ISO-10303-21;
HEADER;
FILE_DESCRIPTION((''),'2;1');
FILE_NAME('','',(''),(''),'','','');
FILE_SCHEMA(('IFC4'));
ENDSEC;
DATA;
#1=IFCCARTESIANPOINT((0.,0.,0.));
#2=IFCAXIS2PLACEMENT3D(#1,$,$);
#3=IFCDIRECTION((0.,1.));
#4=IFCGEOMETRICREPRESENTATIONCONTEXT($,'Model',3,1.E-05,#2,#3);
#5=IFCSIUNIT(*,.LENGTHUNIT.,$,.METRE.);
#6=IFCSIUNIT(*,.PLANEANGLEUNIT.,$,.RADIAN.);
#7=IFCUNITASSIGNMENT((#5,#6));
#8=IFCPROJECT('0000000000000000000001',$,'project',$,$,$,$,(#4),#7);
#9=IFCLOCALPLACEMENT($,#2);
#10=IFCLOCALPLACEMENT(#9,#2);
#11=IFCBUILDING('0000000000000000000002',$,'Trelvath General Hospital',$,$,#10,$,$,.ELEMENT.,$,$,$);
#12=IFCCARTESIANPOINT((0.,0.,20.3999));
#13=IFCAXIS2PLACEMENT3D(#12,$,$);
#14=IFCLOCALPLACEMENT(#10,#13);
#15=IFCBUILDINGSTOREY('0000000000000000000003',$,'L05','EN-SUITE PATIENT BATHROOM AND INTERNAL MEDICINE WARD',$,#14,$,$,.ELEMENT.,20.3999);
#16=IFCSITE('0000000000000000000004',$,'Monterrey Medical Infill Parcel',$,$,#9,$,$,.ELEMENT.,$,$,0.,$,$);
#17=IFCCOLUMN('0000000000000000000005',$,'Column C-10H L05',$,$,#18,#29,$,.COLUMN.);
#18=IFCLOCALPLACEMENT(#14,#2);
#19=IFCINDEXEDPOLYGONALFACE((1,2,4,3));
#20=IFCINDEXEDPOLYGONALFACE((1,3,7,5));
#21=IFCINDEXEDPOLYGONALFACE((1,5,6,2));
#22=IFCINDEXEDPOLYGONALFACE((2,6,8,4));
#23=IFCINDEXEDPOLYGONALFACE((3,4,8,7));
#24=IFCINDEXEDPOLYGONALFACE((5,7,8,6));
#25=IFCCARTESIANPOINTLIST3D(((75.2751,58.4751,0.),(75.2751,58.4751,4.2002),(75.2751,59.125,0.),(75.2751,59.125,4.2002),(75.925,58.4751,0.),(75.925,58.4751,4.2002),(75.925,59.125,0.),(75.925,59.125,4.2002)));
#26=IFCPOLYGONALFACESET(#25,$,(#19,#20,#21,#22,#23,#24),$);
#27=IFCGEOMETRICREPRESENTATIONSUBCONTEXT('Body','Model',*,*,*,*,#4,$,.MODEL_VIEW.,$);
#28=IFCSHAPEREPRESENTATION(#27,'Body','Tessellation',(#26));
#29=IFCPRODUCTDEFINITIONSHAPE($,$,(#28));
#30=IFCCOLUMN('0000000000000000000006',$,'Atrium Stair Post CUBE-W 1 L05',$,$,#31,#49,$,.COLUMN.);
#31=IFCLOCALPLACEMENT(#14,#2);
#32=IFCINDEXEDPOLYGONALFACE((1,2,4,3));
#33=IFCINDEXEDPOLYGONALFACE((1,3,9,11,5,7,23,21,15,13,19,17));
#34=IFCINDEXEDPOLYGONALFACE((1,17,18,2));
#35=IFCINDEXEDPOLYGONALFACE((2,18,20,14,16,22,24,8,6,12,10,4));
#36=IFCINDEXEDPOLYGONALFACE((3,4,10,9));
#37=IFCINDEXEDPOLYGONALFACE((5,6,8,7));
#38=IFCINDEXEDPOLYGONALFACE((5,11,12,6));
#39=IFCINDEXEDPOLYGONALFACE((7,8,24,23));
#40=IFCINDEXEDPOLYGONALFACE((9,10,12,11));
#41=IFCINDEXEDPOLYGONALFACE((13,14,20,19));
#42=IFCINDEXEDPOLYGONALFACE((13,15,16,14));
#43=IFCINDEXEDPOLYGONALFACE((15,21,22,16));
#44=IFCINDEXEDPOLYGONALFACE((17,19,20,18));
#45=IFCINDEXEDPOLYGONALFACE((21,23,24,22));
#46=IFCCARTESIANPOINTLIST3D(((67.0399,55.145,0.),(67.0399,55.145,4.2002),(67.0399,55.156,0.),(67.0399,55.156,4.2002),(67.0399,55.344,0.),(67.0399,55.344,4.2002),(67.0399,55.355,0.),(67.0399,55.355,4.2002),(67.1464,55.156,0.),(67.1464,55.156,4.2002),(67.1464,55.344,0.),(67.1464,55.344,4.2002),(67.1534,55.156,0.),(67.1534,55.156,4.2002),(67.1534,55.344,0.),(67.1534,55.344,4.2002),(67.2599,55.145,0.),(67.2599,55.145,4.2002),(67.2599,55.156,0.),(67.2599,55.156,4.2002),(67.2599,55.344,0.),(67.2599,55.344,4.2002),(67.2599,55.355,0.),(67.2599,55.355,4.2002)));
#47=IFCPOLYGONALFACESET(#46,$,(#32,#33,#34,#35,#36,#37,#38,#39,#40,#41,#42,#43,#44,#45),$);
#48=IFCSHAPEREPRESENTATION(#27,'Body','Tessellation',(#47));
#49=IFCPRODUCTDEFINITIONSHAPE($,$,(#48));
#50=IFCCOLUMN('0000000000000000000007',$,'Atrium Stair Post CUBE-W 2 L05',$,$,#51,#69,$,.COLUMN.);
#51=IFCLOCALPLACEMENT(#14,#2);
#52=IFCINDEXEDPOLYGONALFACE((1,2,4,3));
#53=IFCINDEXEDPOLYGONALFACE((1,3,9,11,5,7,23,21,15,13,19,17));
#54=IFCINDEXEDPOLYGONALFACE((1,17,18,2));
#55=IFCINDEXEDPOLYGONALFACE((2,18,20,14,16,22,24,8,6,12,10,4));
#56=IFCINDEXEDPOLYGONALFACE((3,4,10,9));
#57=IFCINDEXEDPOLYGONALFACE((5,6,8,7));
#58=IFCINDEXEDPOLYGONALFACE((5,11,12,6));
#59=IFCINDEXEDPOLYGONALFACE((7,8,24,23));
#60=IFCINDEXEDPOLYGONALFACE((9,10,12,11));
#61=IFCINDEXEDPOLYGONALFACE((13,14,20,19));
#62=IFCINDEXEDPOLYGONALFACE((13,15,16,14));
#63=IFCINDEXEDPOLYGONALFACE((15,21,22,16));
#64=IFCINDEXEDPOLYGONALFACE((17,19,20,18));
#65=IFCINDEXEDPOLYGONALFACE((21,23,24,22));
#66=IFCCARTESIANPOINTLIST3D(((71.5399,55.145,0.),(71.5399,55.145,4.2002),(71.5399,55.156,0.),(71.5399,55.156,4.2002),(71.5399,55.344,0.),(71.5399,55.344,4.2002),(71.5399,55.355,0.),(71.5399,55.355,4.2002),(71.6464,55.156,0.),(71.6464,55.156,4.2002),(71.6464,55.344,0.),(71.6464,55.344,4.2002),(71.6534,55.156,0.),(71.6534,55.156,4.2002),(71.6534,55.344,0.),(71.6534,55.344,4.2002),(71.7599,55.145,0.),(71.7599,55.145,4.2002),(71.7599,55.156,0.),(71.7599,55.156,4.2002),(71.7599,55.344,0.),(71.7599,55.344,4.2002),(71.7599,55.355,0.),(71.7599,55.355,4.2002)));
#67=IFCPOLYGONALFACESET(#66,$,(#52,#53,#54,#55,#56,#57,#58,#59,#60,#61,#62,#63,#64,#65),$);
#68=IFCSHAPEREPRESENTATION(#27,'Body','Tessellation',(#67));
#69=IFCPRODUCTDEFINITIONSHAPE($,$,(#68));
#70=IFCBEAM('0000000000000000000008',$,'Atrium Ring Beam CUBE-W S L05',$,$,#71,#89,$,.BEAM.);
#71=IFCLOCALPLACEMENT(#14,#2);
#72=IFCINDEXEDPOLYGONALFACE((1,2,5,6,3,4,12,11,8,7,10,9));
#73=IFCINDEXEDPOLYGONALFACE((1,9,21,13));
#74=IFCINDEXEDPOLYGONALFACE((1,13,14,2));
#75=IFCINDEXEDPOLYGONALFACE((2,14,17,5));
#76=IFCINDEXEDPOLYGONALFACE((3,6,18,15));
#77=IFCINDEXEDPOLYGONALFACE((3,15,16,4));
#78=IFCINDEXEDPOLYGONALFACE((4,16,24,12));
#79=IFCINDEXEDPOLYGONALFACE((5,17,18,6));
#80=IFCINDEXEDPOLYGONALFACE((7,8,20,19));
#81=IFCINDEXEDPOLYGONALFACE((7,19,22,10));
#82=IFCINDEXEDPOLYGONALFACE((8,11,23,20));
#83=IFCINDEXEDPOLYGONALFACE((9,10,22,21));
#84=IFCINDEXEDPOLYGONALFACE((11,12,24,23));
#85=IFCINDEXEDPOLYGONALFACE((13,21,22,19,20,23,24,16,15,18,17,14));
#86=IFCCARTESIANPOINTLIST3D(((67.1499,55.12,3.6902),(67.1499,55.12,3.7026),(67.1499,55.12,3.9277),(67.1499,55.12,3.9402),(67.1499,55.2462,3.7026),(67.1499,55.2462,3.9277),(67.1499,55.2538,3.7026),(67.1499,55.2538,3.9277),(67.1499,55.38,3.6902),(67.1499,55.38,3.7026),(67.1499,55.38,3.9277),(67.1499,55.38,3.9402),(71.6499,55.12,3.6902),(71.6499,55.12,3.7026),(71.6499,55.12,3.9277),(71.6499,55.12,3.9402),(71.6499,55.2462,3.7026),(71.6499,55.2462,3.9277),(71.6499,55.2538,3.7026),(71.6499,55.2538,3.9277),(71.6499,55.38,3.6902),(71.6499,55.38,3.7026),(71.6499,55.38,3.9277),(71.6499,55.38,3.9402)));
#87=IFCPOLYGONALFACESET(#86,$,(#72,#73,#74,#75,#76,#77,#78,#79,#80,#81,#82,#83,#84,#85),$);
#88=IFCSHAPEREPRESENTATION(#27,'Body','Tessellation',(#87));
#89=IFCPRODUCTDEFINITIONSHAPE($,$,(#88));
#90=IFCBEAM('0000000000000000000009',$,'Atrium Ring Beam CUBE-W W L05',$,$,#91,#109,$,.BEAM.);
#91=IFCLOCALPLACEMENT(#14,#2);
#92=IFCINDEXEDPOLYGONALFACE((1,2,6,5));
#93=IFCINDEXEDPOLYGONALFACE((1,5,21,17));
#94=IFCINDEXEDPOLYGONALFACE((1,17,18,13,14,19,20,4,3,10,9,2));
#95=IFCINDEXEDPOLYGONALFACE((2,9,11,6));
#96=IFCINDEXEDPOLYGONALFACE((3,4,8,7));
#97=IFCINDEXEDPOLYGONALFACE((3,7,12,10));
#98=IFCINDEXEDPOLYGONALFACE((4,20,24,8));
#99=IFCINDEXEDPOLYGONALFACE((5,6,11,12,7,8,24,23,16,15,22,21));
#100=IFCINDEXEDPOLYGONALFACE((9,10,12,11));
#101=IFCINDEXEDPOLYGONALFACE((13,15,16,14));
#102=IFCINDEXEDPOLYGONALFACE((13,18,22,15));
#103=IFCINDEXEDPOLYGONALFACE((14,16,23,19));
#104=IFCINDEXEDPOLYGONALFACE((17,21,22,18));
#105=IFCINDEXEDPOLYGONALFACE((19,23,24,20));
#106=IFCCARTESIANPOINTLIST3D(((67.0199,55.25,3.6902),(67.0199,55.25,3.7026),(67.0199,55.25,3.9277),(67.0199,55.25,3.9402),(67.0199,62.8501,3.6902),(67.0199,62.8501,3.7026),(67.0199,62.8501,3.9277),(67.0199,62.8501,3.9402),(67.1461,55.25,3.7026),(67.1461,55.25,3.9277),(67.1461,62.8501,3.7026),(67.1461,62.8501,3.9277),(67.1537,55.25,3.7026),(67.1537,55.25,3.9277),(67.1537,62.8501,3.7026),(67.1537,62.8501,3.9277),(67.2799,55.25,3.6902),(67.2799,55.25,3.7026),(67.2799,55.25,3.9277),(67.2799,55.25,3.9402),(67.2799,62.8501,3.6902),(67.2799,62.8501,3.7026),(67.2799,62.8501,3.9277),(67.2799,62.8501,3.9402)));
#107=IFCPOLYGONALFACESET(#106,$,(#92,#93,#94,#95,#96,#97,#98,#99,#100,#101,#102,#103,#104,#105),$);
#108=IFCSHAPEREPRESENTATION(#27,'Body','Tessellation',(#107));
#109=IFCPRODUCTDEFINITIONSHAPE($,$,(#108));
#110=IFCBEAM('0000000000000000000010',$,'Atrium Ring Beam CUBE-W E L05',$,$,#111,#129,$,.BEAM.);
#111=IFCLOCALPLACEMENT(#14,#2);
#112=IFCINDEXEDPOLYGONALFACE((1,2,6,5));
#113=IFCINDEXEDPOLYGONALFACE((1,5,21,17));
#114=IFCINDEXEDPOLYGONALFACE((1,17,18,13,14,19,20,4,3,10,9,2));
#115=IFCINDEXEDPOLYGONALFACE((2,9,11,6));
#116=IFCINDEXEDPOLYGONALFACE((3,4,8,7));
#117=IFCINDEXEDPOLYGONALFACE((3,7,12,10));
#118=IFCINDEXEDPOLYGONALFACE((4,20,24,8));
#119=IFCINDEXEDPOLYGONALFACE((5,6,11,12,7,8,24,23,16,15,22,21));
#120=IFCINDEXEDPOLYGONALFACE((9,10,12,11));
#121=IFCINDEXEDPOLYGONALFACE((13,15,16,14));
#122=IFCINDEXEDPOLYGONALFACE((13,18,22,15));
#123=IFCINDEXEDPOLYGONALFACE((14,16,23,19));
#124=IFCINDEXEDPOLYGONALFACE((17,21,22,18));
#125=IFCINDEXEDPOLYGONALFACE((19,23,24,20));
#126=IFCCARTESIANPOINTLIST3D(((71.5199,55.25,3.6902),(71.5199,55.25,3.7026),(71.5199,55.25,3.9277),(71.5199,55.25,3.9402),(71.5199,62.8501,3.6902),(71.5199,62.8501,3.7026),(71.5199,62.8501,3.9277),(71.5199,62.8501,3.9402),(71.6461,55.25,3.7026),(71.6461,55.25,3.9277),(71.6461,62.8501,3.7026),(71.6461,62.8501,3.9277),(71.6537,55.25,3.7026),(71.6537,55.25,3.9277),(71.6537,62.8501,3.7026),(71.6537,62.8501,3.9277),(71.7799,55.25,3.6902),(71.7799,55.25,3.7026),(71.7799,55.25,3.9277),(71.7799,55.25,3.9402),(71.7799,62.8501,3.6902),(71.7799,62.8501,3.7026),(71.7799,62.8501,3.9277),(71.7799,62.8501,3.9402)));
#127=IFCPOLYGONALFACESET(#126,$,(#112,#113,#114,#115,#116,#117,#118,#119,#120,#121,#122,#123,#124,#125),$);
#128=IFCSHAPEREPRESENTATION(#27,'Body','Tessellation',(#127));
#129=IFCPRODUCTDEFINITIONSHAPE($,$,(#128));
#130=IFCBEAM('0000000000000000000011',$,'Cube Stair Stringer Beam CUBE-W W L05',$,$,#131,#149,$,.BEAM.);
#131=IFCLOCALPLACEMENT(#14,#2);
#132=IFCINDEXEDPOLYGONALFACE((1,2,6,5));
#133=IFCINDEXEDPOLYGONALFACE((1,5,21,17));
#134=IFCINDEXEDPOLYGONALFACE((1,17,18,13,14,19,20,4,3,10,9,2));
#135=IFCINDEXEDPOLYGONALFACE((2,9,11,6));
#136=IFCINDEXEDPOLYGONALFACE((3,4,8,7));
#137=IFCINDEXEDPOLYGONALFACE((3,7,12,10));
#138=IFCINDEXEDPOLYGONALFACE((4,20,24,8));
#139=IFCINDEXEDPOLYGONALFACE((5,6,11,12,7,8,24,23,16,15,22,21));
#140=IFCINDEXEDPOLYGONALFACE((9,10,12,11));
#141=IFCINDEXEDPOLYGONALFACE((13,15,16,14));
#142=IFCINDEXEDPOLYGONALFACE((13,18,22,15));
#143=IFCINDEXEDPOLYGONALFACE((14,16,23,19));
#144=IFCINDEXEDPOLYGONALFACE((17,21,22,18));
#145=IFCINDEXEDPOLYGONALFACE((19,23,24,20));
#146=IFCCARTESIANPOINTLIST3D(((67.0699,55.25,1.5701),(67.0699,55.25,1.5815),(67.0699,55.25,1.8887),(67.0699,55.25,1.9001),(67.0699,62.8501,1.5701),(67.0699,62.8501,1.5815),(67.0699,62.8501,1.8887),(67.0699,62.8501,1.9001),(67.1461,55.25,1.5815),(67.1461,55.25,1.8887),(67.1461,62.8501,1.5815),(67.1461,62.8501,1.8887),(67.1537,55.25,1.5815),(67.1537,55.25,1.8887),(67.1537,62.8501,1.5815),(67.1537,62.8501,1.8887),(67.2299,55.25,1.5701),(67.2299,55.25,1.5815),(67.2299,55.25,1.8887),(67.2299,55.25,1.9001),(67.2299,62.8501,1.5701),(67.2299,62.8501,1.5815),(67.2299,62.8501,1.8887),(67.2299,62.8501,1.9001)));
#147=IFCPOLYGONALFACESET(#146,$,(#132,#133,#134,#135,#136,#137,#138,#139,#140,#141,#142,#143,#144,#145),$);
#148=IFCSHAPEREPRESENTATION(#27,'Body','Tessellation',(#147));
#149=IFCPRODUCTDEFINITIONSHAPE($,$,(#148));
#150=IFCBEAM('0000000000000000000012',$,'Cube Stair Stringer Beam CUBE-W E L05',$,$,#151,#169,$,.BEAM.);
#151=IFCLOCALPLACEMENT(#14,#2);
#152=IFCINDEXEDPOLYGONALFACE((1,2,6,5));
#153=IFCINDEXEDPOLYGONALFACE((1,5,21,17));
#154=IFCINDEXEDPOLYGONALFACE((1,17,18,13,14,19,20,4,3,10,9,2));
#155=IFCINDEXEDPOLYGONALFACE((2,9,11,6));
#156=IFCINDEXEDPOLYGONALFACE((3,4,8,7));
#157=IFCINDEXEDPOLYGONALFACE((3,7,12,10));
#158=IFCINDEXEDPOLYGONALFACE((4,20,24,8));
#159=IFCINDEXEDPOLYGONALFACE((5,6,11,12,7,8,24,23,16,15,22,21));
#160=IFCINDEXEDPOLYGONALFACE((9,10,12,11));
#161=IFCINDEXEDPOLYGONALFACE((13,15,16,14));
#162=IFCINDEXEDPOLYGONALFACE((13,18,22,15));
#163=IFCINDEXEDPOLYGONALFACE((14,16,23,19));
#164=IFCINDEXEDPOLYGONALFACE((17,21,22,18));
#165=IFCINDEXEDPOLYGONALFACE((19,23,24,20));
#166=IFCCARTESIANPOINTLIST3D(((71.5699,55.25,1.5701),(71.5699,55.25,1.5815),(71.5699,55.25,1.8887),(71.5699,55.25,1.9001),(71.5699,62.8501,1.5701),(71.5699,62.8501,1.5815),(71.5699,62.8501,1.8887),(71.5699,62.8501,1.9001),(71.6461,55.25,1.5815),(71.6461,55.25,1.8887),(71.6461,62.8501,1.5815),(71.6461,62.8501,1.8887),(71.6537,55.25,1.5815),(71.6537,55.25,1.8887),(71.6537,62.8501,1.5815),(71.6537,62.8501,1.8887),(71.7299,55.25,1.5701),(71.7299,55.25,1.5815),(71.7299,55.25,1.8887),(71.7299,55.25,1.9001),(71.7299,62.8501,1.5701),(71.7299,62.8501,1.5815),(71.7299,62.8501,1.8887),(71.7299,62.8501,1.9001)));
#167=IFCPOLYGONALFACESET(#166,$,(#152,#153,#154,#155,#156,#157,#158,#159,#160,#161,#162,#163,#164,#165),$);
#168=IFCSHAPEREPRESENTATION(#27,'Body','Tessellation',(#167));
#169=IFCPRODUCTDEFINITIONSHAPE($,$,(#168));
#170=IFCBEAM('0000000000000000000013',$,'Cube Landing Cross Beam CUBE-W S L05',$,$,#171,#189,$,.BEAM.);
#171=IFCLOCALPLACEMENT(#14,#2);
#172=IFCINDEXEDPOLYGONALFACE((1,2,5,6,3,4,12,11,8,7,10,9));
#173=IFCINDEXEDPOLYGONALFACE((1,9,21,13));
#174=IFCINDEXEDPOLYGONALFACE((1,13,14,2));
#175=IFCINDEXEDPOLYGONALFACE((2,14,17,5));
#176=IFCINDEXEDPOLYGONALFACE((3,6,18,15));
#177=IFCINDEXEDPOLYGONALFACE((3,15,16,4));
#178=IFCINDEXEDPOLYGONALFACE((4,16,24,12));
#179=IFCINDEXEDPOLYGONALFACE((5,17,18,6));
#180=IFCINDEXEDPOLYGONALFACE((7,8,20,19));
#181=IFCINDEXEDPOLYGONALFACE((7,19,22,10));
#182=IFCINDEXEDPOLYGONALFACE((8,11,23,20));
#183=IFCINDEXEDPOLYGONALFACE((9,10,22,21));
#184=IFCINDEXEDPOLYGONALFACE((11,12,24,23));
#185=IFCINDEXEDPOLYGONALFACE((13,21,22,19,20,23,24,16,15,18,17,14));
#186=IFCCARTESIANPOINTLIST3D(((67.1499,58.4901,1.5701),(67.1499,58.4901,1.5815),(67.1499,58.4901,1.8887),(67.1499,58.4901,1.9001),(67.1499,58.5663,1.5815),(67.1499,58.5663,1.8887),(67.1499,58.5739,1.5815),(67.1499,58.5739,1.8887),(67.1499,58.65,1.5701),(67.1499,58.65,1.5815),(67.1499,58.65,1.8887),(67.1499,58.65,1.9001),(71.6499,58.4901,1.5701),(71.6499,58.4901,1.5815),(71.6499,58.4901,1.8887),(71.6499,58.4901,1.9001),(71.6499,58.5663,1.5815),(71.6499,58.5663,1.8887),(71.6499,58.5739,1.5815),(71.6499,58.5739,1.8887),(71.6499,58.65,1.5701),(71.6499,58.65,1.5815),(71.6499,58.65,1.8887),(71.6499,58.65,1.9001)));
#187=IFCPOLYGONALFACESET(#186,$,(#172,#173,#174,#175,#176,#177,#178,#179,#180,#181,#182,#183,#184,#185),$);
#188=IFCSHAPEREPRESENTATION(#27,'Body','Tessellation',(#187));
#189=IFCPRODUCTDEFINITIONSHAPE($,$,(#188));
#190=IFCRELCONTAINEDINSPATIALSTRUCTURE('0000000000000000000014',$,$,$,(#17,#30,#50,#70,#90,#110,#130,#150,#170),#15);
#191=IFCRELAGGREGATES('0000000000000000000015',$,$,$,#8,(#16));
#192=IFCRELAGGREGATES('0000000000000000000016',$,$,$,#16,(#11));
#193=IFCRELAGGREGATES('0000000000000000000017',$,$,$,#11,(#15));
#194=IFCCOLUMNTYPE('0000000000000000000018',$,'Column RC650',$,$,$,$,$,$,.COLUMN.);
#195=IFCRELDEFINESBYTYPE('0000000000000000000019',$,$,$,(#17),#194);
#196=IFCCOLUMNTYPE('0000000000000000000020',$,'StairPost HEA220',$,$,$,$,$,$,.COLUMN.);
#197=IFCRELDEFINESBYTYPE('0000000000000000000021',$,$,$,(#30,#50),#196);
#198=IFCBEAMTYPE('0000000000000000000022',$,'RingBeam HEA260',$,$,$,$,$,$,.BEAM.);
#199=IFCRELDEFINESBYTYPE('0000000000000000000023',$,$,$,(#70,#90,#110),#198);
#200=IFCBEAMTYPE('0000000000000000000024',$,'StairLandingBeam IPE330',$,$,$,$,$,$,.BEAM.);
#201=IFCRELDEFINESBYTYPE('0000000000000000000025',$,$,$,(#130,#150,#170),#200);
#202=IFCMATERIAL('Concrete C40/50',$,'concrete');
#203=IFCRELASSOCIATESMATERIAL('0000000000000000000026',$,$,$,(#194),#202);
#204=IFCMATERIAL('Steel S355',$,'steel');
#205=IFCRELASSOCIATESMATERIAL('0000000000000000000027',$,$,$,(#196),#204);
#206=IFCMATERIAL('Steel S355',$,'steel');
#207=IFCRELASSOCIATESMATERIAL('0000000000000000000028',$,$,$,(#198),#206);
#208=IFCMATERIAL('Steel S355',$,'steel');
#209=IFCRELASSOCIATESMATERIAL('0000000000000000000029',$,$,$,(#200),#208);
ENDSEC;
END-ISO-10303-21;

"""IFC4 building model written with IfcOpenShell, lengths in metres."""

from ifc_helpers import new_model, si_unit, direction, frame, origin, origin_2d, place, context, subcontext, project, spatial, rectangle, i_section, extrude, material, material_profile, profile_set, type_object, element, save


model = new_model("IFC4")

# Units and contexts
model_context = context("Model", 3, precision=1e-05, world=origin(), true_north=direction((0.0, 1.0)))
body_context = subcontext(model_context, "Body", "Model", "MODEL_VIEW")
ifc_project = project(units=[si_unit("LENGTHUNIT", "METRE"), si_unit("PLANEANGLEUNIT", "RADIAN")], contexts=[model_context])

# Site, building, storey
site_placement = place(None, origin())
site = spatial("IfcSite", under=ifc_project, at=site_placement, Name="Monterrey Medical Infill Parcel", CompositionType="ELEMENT", RefElevation=0.0)
building_placement = place(site_placement, origin())
building = spatial("IfcBuilding", under=site, at=building_placement, Name="Trelvath General Hospital", CompositionType="ELEMENT")
storey_placement = place(building_placement, frame((0.0, 0.0, 20.3999)))
storey = spatial("IfcBuildingStorey", under=building, at=storey_placement, Name="L05", Description="EN-SUITE PATIENT BATHROOM AND INTERNAL MEDICINE WARD", CompositionType="ELEMENT", Elevation=20.3999)

# Columns
ifc_material_1 = material(Name="Concrete C40/50", Category="concrete")
ifc_material_profile_1 = material_profile(ifc_material_1, rectangle(XDim=0.6499, YDim=0.6499, at=origin_2d()), Name="RC650x650")
ifc_profile_set_1 = profile_set([ifc_material_profile_1], Name="Concrete C40/50")
column_type_1 = type_object("IfcColumnType", Name="Column RC650", PredefinedType="COLUMN", material=ifc_profile_set_1)
column_placement = place(storey_placement, frame((75.6001, 58.8, 0.0), z_axis=(0.0, 0.0, 1.0), x_axis=(1.0, 0.0, 0.0)))
element("IfcColumn", 1, at=column_placement, inside=storey, type_object=column_type_1, Name="Column C-10H L05", PredefinedType="COLUMN", context=body_context, shape_type="SweptSolid", body=[
    extrude(rectangle(XDim=0.6499, YDim=0.6499, at=origin_2d()), origin(), (0.0, 0.0, 1.0), 4.2002),
])
ifc_material_2 = material(Name="Steel S355", Category="steel")
ifc_material_profile_2 = material_profile(ifc_material_2, i_section(OverallWidth=0.22, OverallDepth=0.21, WebThickness=0.0071, FlangeThickness=0.011, at=origin_2d()), Name="HEA220")
ifc_profile_set_2 = profile_set([ifc_material_profile_2], Name="Steel S355")
column_type_2 = type_object("IfcColumnType", Name="StairPost HEA220", PredefinedType="COLUMN", material=ifc_profile_set_2)
for number, where, z_axis, x_axis, name in (
    (2, (67.1499, 55.25, 0.0), (0.0, 0.0, 1.0), (1.0, 0.0, 0.0), "Atrium Stair Post CUBE-W 1 L05"),
    (3, (71.6499, 55.25, 0.0), (0.0, 0.0, 1.0), (1.0, 0.0, 0.0), "Atrium Stair Post CUBE-W 2 L05"),
):
    element("IfcColumn", number, at=place(storey_placement, frame(where, z_axis=z_axis, x_axis=x_axis)), inside=storey, type_object=column_type_2, Name=name, PredefinedType="COLUMN", context=body_context, shape_type="SweptSolid", body=[
        extrude(i_section(OverallWidth=0.22, OverallDepth=0.21, WebThickness=0.0071, FlangeThickness=0.011, at=origin_2d()), origin(), (0.0, 0.0, 1.0), 4.2002),
    ])

# Beams
ifc_material_3 = material(Name="Steel S355", Category="steel")
ifc_material_profile_3 = material_profile(ifc_material_3, i_section(OverallWidth=0.26, OverallDepth=0.25, WebThickness=0.0076, FlangeThickness=0.0125, at=origin_2d()), Name="HEA260")
ifc_profile_set_3 = profile_set([ifc_material_profile_3], Name="Steel S355")
beam_type_1 = type_object("IfcBeamType", Name="RingBeam HEA260", PredefinedType="BEAM", material=ifc_profile_set_3)
beam_1_placement = place(storey_placement, frame((67.1499, 55.25, 3.8152), z_axis=(1.0, 0.0, 0.0), x_axis=(0.0, 1.0, 0.0)))
element("IfcBeam", 4, at=beam_1_placement, inside=storey, type_object=beam_type_1, Name="Atrium Ring Beam CUBE-W S L05", PredefinedType="BEAM", context=body_context, shape_type="SweptSolid", body=[
    extrude(i_section(OverallWidth=0.26, OverallDepth=0.25, WebThickness=0.0076, FlangeThickness=0.0125, at=origin_2d()), origin(), (0.0, 0.0, 1.0), 4.5),
])
for number, where, z_axis, x_axis, name in (
    (5, (67.1499, 55.25, 3.8152), (0.0, 1.0, 0.0), (-1.0, 0.0, 0.0), "Atrium Ring Beam CUBE-W W L05"),
    (6, (71.6499, 55.25, 3.8152), (0.0, 1.0, 0.0), (-1.0, 0.0, 0.0), "Atrium Ring Beam CUBE-W E L05"),
):
    element("IfcBeam", number, at=place(storey_placement, frame(where, z_axis=z_axis, x_axis=x_axis)), inside=storey, type_object=beam_type_1, Name=name, PredefinedType="BEAM", context=body_context, shape_type="SweptSolid", body=[
        extrude(i_section(OverallWidth=0.26, OverallDepth=0.25, WebThickness=0.0076, FlangeThickness=0.0125, at=origin_2d()), origin(), (0.0, 0.0, 1.0), 7.6001),
    ])
ifc_material_4 = material(Name="Steel S355", Category="steel")
ifc_material_profile_4 = material_profile(ifc_material_4, i_section(OverallWidth=0.1599, OverallDepth=0.3301, WebThickness=0.0076, FlangeThickness=0.0115, at=origin_2d()), Name="IPE330")
ifc_profile_set_4 = profile_set([ifc_material_profile_4], Name="Steel S355")
beam_type_2 = type_object("IfcBeamType", Name="StairLandingBeam IPE330", PredefinedType="BEAM", material=ifc_profile_set_4)
for number, where, z_axis, x_axis, name in (
    (7, (67.1499, 55.25, 1.7351), (0.0, 1.0, 0.0), (-1.0, 0.0, 0.0), "Cube Stair Stringer Beam CUBE-W W L05"),
    (8, (71.6499, 55.25, 1.7351), (0.0, 1.0, 0.0), (-1.0, 0.0, 0.0), "Cube Stair Stringer Beam CUBE-W E L05"),
):
    element("IfcBeam", number, at=place(storey_placement, frame(where, z_axis=z_axis, x_axis=x_axis)), inside=storey, type_object=beam_type_2, Name=name, PredefinedType="BEAM", context=body_context, shape_type="SweptSolid", body=[
        extrude(i_section(OverallWidth=0.1599, OverallDepth=0.3301, WebThickness=0.0076, FlangeThickness=0.0115, at=origin_2d()), origin(), (0.0, 0.0, 1.0), 7.6001),
    ])
beam_2_placement = place(storey_placement, frame((67.1499, 58.5701, 1.7351), z_axis=(1.0, 0.0, 0.0), x_axis=(0.0, 1.0, 0.0)))
element("IfcBeam", 9, at=beam_2_placement, inside=storey, type_object=beam_type_2, Name="Cube Landing Cross Beam CUBE-W S L05", PredefinedType="BEAM", context=body_context, shape_type="SweptSolid", body=[
    extrude(i_section(OverallWidth=0.1599, OverallDepth=0.3301, WebThickness=0.0076, FlangeThickness=0.0115, at=origin_2d()), origin(), (0.0, 0.0, 1.0), 4.5),
])

save(model, "model.ifc")
